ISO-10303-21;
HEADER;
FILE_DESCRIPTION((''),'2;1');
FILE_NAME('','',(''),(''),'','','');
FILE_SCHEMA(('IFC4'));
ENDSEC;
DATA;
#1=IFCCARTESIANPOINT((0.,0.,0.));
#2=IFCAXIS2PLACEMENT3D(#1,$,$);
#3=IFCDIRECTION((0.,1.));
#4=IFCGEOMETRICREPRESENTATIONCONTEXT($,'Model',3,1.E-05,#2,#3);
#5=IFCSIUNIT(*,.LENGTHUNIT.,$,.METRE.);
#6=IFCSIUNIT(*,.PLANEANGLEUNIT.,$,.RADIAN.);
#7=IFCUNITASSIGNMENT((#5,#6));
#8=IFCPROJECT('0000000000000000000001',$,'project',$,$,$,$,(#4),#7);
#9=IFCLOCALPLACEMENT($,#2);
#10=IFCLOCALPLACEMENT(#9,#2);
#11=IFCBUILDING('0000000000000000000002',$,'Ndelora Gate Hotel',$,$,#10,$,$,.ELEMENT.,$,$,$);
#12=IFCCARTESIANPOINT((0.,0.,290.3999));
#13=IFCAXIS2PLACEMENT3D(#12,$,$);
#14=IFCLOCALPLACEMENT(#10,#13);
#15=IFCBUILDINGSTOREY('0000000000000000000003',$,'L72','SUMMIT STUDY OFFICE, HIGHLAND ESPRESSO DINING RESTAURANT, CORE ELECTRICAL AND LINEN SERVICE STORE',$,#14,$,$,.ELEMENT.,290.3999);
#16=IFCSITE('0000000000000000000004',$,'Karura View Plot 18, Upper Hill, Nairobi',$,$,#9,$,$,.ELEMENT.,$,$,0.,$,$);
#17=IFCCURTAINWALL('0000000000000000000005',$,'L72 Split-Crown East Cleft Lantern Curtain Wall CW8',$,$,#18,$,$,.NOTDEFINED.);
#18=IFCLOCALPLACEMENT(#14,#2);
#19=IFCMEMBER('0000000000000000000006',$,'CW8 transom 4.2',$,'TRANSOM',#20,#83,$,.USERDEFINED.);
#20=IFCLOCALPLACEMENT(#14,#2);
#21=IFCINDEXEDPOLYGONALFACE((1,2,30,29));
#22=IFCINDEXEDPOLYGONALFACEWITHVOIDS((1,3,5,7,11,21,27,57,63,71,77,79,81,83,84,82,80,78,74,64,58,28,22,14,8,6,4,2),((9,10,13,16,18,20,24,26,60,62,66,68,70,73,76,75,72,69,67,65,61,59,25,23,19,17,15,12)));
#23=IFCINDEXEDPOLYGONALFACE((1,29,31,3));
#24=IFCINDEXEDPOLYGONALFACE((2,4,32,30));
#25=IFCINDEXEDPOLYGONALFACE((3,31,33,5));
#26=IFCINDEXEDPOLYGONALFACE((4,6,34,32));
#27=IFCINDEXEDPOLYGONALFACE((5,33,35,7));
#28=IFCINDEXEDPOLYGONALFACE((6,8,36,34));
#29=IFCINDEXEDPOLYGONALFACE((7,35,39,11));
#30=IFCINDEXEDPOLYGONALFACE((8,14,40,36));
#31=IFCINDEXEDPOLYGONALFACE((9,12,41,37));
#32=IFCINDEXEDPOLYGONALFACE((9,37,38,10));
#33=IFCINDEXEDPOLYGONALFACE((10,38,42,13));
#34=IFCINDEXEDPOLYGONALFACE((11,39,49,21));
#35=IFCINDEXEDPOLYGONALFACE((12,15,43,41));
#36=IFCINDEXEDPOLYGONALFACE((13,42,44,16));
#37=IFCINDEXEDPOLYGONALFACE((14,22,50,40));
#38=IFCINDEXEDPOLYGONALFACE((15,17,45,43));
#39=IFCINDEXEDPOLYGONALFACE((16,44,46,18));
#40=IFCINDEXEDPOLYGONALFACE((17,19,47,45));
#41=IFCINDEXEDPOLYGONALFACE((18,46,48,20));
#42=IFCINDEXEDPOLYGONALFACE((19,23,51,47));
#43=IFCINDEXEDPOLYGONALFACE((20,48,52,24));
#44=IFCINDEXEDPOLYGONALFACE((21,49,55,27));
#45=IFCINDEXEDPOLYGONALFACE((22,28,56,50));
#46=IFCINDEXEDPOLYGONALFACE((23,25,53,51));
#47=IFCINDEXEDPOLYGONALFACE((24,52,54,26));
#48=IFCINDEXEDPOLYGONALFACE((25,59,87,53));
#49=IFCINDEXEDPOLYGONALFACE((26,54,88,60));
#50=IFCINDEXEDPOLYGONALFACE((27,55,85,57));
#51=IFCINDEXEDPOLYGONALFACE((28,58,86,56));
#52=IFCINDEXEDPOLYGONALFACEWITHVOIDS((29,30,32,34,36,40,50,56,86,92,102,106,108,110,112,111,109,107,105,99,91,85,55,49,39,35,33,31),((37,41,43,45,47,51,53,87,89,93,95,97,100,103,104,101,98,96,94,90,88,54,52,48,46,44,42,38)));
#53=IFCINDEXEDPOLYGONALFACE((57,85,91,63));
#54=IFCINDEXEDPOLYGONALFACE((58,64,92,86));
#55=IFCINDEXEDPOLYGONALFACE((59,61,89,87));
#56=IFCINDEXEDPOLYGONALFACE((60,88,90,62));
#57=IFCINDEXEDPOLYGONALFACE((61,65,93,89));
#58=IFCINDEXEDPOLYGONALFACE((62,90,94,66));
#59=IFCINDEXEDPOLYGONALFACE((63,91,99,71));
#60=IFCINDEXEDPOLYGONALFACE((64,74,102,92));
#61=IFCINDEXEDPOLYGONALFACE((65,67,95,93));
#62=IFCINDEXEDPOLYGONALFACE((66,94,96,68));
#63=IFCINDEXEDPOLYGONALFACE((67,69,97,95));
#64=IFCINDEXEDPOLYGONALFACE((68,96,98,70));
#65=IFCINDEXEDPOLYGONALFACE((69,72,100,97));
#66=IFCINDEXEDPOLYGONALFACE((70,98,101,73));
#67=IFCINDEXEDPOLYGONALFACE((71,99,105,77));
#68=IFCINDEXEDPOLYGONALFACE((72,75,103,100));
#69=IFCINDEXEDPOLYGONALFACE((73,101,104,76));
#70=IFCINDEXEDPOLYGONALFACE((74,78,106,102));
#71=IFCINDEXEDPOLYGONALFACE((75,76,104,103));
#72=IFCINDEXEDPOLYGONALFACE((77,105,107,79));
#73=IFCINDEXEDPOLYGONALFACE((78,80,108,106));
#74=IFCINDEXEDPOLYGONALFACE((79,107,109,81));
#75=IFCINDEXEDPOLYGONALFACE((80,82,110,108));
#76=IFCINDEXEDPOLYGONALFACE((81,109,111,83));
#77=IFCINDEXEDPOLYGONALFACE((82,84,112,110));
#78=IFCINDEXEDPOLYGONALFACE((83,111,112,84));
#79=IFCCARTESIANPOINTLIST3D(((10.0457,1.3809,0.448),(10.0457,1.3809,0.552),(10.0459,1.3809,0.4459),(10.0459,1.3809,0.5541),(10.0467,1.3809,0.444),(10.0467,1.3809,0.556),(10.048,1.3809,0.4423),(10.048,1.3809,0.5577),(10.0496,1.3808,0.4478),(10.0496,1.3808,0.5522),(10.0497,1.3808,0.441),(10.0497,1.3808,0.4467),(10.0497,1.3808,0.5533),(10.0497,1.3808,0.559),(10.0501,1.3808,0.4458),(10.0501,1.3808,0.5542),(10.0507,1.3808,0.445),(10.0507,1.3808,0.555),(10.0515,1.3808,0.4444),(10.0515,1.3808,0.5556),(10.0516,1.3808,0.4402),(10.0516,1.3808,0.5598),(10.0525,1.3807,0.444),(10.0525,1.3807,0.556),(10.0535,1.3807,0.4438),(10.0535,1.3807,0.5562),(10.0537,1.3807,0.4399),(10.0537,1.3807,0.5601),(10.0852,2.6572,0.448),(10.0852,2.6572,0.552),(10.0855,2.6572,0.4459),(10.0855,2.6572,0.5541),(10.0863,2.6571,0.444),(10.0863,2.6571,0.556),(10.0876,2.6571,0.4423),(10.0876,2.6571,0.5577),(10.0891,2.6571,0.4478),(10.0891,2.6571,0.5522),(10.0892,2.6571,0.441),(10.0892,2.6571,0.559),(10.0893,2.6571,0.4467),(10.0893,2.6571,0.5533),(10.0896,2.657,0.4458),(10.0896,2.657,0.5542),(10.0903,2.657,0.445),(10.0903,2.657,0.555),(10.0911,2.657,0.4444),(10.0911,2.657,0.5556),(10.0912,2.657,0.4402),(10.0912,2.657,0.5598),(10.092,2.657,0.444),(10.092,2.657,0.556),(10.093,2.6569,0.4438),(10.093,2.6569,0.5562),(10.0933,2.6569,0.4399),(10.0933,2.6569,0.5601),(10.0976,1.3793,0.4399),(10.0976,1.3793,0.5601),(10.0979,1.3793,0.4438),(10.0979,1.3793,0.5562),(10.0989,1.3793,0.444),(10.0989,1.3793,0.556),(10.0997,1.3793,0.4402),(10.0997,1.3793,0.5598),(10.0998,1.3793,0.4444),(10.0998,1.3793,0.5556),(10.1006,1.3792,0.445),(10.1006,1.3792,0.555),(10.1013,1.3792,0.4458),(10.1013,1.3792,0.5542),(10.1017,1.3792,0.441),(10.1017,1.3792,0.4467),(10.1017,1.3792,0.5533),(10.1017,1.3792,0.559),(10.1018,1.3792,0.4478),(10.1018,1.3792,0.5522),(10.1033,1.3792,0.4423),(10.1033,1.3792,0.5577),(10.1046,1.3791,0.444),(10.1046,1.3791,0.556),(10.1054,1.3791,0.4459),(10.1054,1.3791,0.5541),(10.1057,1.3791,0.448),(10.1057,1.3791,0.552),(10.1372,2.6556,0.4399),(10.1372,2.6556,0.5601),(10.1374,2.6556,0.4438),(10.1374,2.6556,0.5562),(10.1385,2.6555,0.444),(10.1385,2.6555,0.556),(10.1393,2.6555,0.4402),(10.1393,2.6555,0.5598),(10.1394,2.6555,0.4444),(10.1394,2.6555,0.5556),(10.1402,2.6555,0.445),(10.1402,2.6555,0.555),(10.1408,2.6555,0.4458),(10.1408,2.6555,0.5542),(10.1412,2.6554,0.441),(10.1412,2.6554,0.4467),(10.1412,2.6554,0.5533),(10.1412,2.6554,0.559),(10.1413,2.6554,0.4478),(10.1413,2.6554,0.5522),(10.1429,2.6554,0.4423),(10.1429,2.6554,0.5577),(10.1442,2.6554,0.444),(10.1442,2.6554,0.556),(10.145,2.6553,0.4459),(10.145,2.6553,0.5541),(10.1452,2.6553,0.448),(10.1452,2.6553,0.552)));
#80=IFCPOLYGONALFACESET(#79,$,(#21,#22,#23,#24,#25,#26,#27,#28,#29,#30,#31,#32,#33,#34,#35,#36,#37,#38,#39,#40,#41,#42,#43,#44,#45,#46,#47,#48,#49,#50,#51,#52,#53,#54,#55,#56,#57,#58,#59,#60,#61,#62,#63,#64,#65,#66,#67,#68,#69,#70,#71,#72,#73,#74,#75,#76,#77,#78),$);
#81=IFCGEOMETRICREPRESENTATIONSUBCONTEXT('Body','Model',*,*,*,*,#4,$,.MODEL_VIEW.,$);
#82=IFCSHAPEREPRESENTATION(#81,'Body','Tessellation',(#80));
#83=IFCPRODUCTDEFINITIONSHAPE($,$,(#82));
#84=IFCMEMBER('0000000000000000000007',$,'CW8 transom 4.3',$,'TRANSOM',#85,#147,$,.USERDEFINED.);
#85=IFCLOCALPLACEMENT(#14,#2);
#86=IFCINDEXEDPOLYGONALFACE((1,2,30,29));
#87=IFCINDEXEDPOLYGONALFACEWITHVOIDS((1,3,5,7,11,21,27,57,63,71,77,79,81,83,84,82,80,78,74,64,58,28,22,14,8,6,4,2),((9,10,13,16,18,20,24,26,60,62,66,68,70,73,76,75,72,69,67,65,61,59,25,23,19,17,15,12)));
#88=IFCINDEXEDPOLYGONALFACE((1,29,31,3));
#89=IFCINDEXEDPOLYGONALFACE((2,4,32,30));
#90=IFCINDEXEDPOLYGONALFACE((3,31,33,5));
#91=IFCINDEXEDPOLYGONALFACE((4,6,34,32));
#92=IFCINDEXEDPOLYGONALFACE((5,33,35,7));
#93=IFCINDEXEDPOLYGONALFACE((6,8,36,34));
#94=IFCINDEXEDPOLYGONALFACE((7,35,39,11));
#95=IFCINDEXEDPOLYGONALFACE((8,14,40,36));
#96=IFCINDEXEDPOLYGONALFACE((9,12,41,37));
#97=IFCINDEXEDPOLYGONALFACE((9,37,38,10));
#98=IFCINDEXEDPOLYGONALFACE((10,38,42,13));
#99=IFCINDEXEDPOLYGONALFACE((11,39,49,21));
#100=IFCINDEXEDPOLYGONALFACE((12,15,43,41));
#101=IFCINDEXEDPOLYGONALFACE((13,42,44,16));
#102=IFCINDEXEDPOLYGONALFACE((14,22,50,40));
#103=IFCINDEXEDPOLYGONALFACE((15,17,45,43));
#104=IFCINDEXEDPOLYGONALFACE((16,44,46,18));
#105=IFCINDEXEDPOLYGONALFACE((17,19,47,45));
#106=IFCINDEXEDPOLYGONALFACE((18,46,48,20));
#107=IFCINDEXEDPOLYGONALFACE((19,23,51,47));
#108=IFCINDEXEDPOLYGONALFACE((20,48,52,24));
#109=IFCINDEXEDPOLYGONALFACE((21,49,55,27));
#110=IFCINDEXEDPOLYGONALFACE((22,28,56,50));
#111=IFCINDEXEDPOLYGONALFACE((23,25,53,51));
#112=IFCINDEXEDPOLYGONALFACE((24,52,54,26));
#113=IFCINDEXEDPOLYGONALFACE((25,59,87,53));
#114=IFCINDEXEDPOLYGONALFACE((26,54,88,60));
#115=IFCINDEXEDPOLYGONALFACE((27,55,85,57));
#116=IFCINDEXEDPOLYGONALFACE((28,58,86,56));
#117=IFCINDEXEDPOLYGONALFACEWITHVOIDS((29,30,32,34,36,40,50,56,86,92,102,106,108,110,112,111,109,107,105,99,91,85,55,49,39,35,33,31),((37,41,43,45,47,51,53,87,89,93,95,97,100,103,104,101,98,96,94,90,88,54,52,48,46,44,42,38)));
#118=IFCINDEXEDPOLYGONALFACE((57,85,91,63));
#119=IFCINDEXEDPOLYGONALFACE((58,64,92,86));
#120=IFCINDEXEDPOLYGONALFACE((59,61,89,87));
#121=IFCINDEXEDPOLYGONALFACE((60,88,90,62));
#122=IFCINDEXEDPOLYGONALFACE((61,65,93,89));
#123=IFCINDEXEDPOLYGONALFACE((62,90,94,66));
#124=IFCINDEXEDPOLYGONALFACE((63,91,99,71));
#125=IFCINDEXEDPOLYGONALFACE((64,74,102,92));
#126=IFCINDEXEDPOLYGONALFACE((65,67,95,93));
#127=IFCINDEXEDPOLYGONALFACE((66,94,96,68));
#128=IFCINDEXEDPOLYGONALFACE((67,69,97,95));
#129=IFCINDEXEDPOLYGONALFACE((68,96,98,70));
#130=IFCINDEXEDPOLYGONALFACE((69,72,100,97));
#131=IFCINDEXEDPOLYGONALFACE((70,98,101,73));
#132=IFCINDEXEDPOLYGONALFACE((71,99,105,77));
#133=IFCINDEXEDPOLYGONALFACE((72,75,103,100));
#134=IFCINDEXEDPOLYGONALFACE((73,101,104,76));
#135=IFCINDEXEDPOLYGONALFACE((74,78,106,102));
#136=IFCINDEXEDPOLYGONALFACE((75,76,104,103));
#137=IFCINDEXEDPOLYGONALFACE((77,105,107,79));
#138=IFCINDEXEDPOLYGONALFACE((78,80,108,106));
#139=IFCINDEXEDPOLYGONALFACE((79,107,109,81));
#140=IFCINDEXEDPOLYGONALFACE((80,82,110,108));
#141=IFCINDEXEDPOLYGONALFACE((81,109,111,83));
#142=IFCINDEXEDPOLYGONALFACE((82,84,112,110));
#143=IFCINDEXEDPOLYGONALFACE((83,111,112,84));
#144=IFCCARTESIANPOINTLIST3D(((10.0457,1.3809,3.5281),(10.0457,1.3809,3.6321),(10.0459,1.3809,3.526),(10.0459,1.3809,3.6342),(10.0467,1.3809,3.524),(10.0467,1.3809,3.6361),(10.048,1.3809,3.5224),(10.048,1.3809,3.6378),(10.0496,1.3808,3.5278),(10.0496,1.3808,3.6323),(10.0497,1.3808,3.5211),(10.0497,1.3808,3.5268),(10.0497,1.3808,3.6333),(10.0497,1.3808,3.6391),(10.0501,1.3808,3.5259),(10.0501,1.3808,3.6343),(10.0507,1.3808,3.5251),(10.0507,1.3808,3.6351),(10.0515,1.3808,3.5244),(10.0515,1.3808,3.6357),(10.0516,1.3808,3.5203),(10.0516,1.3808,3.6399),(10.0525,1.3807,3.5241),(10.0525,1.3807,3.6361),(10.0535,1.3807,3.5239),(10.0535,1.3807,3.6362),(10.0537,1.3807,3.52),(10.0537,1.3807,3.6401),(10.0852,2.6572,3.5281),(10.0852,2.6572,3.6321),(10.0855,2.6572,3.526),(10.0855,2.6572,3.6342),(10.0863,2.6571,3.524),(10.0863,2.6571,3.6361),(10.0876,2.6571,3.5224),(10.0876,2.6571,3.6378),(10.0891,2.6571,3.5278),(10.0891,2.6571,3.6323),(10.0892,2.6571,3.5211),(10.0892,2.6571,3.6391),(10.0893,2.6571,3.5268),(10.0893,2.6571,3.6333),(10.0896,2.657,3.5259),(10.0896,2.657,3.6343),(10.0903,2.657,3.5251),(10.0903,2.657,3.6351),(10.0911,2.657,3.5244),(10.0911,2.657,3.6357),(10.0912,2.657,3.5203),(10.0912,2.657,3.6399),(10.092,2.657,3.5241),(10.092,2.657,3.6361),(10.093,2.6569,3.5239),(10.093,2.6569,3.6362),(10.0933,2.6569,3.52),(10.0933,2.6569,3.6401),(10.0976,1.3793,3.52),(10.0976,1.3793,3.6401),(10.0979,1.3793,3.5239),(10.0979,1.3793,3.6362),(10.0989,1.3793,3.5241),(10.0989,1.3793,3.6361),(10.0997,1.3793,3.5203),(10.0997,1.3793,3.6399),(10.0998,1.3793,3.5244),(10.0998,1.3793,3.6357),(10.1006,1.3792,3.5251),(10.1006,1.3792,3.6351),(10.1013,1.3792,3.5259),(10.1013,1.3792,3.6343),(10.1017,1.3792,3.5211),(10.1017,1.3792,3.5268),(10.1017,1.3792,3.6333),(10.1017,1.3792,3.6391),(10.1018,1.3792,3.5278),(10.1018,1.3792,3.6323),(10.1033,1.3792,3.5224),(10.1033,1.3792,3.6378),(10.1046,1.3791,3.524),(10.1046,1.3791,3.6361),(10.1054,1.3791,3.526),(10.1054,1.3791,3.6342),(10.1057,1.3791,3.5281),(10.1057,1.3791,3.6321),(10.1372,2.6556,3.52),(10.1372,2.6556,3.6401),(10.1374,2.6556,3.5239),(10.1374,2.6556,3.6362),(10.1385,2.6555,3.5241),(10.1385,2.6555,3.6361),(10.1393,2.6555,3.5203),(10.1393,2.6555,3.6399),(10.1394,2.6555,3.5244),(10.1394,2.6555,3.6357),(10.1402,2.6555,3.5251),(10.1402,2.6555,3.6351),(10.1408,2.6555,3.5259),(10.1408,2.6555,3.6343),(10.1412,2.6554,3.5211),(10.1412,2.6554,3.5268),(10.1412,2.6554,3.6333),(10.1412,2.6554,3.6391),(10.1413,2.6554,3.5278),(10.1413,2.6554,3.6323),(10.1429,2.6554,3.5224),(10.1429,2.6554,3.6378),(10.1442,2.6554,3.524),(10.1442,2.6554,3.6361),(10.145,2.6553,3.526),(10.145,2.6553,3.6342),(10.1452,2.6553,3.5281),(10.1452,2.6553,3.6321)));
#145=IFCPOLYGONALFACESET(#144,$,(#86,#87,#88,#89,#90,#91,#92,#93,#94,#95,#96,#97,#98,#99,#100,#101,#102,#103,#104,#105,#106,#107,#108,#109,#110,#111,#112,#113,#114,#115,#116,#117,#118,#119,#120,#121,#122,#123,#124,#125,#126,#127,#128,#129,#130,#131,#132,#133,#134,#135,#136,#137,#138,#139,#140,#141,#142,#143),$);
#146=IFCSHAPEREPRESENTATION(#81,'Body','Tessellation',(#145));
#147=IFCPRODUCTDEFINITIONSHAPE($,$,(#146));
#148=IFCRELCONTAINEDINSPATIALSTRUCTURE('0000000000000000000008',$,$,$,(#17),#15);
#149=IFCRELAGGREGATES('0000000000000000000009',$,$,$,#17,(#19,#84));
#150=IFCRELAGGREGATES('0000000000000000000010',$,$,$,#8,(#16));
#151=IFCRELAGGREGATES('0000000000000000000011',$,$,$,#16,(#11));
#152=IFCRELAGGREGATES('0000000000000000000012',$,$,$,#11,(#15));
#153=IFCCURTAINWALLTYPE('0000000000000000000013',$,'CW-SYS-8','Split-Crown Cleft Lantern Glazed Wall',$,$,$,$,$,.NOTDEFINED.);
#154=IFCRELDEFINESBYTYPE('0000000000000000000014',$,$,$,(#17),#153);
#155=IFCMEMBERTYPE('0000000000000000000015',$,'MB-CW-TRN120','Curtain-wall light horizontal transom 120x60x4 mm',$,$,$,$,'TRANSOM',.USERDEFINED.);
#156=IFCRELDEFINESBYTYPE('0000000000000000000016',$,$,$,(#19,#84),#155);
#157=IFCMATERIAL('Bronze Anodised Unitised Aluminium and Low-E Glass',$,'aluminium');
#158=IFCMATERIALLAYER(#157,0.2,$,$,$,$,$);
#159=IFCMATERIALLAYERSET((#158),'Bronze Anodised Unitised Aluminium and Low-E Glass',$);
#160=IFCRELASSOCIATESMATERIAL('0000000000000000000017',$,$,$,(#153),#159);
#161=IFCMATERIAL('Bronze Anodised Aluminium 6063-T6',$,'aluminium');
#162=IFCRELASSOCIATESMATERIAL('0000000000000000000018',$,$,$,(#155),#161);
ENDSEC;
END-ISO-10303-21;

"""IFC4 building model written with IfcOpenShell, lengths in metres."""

from ifc_helpers import new_model, si_unit, direction, frame, origin, origin_2d, place, context, subcontext, project, spatial, hollow_rectangle, extrude, material, layer, layer_set, material_profile, profile_set, type_object, element, aggregate, save


model = new_model("IFC4")

# Units and contexts
model_context = context("Model", 3, precision=1e-05, world=origin(), true_north=direction((0.0, 1.0)))
body_context = subcontext(model_context, "Body", "Model", "MODEL_VIEW")
ifc_project = project(units=[si_unit("LENGTHUNIT", "METRE"), si_unit("PLANEANGLEUNIT", "RADIAN")], contexts=[model_context])

# Site, building, storey
site_placement = place(None, origin())
site = spatial("IfcSite", under=ifc_project, at=site_placement, Name="Karura View Plot 18, Upper Hill, Nairobi", CompositionType="ELEMENT", RefElevation=0.0)
building_placement = place(site_placement, origin())
building = spatial("IfcBuilding", under=site, at=building_placement, Name="Ndelora Gate Hotel", CompositionType="ELEMENT")
storey_placement = place(building_placement, frame((0.0, 0.0, 290.3999)))
storey = spatial("IfcBuildingStorey", under=building, at=storey_placement, Name="L72", Description="SUMMIT STUDY OFFICE, HIGHLAND ESPRESSO DINING RESTAURANT, CORE ELECTRICAL AND LINEN SERVICE STORE", CompositionType="ELEMENT", Elevation=290.3999)

# Curtain wall, members
ifc_material_1 = material(Name="Bronze Anodised Unitised Aluminium and Low-E Glass", Category="aluminium")
ifc_layer_1 = layer(ifc_material_1, 0.2)
ifc_layer_set_1 = layer_set([ifc_layer_1], Name="Bronze Anodised Unitised Aluminium and Low-E Glass")
curtain_wall_type = type_object("IfcCurtainWallType", Name="CW-SYS-8", Description="Split-Crown Cleft Lantern Glazed Wall", PredefinedType="NOTDEFINED", material=ifc_layer_set_1)
curtain_wall_placement = place(storey_placement, origin())
curtain_wall = element("IfcCurtainWall", 1, at=curtain_wall_placement, inside=storey, type_object=curtain_wall_type, Name="L72 Split-Crown East Cleft Lantern Curtain Wall CW8", PredefinedType="NOTDEFINED")
ifc_material_2 = material(Name="Bronze Anodised Aluminium 6063-T6", Category="aluminium")
ifc_material_profile_1 = material_profile(ifc_material_2, hollow_rectangle(XDim=0.0601, YDim=0.1201, WallThickness=0.0039, InnerFilletRadius=0.0039, OuterFilletRadius=0.0081, at=origin_2d()), Name="ALU 120x60x4")
ifc_profile_set_1 = profile_set([ifc_material_profile_1], Name="Bronze Anodised Aluminium 6063-T6")
member_type_1 = type_object("IfcMemberType", Name="MB-CW-TRN120", Description="Curtain-wall light horizontal transom 120x60x4 mm", ElementType="TRANSOM", PredefinedType="USERDEFINED", material=ifc_profile_set_1)
member_1_placement = place(storey_placement, frame((10.1152, 2.6562, 0.5), z_axis=(-0.030978, -0.99952, 0.0), x_axis=(0.99952, -0.030978, 0.0)))
member_1 = element("IfcMember", 2, at=member_1_placement, type_object=member_type_1, Name="CW8 transom 4.2", ObjectType="TRANSOM", PredefinedType="USERDEFINED", context=body_context, shape_type="SweptSolid", body=[
    extrude(hollow_rectangle(XDim=0.0601, YDim=0.1201, WallThickness=0.0039, InnerFilletRadius=0.0039, OuterFilletRadius=0.0081, at=origin_2d()), origin(), (0.0, 0.0, 1.0), 1.2769),
])
member_2_placement = place(storey_placement, frame((10.1152, 2.6562, 3.5801), z_axis=(-0.030978, -0.99952, 0.0), x_axis=(0.99952, -0.030978, 0.0)))
member_2 = element("IfcMember", 3, at=member_2_placement, type_object=member_type_1, Name="CW8 transom 4.3", ObjectType="TRANSOM", PredefinedType="USERDEFINED", context=body_context, shape_type="SweptSolid", body=[
    extrude(hollow_rectangle(XDim=0.0601, YDim=0.1201, WallThickness=0.0039, InnerFilletRadius=0.0039, OuterFilletRadius=0.0081, at=origin_2d()), origin(), (0.0, 0.0, 1.0), 1.2769),
])
aggregate(curtain_wall, [member_1, member_2])

save(model, "model.ifc")
